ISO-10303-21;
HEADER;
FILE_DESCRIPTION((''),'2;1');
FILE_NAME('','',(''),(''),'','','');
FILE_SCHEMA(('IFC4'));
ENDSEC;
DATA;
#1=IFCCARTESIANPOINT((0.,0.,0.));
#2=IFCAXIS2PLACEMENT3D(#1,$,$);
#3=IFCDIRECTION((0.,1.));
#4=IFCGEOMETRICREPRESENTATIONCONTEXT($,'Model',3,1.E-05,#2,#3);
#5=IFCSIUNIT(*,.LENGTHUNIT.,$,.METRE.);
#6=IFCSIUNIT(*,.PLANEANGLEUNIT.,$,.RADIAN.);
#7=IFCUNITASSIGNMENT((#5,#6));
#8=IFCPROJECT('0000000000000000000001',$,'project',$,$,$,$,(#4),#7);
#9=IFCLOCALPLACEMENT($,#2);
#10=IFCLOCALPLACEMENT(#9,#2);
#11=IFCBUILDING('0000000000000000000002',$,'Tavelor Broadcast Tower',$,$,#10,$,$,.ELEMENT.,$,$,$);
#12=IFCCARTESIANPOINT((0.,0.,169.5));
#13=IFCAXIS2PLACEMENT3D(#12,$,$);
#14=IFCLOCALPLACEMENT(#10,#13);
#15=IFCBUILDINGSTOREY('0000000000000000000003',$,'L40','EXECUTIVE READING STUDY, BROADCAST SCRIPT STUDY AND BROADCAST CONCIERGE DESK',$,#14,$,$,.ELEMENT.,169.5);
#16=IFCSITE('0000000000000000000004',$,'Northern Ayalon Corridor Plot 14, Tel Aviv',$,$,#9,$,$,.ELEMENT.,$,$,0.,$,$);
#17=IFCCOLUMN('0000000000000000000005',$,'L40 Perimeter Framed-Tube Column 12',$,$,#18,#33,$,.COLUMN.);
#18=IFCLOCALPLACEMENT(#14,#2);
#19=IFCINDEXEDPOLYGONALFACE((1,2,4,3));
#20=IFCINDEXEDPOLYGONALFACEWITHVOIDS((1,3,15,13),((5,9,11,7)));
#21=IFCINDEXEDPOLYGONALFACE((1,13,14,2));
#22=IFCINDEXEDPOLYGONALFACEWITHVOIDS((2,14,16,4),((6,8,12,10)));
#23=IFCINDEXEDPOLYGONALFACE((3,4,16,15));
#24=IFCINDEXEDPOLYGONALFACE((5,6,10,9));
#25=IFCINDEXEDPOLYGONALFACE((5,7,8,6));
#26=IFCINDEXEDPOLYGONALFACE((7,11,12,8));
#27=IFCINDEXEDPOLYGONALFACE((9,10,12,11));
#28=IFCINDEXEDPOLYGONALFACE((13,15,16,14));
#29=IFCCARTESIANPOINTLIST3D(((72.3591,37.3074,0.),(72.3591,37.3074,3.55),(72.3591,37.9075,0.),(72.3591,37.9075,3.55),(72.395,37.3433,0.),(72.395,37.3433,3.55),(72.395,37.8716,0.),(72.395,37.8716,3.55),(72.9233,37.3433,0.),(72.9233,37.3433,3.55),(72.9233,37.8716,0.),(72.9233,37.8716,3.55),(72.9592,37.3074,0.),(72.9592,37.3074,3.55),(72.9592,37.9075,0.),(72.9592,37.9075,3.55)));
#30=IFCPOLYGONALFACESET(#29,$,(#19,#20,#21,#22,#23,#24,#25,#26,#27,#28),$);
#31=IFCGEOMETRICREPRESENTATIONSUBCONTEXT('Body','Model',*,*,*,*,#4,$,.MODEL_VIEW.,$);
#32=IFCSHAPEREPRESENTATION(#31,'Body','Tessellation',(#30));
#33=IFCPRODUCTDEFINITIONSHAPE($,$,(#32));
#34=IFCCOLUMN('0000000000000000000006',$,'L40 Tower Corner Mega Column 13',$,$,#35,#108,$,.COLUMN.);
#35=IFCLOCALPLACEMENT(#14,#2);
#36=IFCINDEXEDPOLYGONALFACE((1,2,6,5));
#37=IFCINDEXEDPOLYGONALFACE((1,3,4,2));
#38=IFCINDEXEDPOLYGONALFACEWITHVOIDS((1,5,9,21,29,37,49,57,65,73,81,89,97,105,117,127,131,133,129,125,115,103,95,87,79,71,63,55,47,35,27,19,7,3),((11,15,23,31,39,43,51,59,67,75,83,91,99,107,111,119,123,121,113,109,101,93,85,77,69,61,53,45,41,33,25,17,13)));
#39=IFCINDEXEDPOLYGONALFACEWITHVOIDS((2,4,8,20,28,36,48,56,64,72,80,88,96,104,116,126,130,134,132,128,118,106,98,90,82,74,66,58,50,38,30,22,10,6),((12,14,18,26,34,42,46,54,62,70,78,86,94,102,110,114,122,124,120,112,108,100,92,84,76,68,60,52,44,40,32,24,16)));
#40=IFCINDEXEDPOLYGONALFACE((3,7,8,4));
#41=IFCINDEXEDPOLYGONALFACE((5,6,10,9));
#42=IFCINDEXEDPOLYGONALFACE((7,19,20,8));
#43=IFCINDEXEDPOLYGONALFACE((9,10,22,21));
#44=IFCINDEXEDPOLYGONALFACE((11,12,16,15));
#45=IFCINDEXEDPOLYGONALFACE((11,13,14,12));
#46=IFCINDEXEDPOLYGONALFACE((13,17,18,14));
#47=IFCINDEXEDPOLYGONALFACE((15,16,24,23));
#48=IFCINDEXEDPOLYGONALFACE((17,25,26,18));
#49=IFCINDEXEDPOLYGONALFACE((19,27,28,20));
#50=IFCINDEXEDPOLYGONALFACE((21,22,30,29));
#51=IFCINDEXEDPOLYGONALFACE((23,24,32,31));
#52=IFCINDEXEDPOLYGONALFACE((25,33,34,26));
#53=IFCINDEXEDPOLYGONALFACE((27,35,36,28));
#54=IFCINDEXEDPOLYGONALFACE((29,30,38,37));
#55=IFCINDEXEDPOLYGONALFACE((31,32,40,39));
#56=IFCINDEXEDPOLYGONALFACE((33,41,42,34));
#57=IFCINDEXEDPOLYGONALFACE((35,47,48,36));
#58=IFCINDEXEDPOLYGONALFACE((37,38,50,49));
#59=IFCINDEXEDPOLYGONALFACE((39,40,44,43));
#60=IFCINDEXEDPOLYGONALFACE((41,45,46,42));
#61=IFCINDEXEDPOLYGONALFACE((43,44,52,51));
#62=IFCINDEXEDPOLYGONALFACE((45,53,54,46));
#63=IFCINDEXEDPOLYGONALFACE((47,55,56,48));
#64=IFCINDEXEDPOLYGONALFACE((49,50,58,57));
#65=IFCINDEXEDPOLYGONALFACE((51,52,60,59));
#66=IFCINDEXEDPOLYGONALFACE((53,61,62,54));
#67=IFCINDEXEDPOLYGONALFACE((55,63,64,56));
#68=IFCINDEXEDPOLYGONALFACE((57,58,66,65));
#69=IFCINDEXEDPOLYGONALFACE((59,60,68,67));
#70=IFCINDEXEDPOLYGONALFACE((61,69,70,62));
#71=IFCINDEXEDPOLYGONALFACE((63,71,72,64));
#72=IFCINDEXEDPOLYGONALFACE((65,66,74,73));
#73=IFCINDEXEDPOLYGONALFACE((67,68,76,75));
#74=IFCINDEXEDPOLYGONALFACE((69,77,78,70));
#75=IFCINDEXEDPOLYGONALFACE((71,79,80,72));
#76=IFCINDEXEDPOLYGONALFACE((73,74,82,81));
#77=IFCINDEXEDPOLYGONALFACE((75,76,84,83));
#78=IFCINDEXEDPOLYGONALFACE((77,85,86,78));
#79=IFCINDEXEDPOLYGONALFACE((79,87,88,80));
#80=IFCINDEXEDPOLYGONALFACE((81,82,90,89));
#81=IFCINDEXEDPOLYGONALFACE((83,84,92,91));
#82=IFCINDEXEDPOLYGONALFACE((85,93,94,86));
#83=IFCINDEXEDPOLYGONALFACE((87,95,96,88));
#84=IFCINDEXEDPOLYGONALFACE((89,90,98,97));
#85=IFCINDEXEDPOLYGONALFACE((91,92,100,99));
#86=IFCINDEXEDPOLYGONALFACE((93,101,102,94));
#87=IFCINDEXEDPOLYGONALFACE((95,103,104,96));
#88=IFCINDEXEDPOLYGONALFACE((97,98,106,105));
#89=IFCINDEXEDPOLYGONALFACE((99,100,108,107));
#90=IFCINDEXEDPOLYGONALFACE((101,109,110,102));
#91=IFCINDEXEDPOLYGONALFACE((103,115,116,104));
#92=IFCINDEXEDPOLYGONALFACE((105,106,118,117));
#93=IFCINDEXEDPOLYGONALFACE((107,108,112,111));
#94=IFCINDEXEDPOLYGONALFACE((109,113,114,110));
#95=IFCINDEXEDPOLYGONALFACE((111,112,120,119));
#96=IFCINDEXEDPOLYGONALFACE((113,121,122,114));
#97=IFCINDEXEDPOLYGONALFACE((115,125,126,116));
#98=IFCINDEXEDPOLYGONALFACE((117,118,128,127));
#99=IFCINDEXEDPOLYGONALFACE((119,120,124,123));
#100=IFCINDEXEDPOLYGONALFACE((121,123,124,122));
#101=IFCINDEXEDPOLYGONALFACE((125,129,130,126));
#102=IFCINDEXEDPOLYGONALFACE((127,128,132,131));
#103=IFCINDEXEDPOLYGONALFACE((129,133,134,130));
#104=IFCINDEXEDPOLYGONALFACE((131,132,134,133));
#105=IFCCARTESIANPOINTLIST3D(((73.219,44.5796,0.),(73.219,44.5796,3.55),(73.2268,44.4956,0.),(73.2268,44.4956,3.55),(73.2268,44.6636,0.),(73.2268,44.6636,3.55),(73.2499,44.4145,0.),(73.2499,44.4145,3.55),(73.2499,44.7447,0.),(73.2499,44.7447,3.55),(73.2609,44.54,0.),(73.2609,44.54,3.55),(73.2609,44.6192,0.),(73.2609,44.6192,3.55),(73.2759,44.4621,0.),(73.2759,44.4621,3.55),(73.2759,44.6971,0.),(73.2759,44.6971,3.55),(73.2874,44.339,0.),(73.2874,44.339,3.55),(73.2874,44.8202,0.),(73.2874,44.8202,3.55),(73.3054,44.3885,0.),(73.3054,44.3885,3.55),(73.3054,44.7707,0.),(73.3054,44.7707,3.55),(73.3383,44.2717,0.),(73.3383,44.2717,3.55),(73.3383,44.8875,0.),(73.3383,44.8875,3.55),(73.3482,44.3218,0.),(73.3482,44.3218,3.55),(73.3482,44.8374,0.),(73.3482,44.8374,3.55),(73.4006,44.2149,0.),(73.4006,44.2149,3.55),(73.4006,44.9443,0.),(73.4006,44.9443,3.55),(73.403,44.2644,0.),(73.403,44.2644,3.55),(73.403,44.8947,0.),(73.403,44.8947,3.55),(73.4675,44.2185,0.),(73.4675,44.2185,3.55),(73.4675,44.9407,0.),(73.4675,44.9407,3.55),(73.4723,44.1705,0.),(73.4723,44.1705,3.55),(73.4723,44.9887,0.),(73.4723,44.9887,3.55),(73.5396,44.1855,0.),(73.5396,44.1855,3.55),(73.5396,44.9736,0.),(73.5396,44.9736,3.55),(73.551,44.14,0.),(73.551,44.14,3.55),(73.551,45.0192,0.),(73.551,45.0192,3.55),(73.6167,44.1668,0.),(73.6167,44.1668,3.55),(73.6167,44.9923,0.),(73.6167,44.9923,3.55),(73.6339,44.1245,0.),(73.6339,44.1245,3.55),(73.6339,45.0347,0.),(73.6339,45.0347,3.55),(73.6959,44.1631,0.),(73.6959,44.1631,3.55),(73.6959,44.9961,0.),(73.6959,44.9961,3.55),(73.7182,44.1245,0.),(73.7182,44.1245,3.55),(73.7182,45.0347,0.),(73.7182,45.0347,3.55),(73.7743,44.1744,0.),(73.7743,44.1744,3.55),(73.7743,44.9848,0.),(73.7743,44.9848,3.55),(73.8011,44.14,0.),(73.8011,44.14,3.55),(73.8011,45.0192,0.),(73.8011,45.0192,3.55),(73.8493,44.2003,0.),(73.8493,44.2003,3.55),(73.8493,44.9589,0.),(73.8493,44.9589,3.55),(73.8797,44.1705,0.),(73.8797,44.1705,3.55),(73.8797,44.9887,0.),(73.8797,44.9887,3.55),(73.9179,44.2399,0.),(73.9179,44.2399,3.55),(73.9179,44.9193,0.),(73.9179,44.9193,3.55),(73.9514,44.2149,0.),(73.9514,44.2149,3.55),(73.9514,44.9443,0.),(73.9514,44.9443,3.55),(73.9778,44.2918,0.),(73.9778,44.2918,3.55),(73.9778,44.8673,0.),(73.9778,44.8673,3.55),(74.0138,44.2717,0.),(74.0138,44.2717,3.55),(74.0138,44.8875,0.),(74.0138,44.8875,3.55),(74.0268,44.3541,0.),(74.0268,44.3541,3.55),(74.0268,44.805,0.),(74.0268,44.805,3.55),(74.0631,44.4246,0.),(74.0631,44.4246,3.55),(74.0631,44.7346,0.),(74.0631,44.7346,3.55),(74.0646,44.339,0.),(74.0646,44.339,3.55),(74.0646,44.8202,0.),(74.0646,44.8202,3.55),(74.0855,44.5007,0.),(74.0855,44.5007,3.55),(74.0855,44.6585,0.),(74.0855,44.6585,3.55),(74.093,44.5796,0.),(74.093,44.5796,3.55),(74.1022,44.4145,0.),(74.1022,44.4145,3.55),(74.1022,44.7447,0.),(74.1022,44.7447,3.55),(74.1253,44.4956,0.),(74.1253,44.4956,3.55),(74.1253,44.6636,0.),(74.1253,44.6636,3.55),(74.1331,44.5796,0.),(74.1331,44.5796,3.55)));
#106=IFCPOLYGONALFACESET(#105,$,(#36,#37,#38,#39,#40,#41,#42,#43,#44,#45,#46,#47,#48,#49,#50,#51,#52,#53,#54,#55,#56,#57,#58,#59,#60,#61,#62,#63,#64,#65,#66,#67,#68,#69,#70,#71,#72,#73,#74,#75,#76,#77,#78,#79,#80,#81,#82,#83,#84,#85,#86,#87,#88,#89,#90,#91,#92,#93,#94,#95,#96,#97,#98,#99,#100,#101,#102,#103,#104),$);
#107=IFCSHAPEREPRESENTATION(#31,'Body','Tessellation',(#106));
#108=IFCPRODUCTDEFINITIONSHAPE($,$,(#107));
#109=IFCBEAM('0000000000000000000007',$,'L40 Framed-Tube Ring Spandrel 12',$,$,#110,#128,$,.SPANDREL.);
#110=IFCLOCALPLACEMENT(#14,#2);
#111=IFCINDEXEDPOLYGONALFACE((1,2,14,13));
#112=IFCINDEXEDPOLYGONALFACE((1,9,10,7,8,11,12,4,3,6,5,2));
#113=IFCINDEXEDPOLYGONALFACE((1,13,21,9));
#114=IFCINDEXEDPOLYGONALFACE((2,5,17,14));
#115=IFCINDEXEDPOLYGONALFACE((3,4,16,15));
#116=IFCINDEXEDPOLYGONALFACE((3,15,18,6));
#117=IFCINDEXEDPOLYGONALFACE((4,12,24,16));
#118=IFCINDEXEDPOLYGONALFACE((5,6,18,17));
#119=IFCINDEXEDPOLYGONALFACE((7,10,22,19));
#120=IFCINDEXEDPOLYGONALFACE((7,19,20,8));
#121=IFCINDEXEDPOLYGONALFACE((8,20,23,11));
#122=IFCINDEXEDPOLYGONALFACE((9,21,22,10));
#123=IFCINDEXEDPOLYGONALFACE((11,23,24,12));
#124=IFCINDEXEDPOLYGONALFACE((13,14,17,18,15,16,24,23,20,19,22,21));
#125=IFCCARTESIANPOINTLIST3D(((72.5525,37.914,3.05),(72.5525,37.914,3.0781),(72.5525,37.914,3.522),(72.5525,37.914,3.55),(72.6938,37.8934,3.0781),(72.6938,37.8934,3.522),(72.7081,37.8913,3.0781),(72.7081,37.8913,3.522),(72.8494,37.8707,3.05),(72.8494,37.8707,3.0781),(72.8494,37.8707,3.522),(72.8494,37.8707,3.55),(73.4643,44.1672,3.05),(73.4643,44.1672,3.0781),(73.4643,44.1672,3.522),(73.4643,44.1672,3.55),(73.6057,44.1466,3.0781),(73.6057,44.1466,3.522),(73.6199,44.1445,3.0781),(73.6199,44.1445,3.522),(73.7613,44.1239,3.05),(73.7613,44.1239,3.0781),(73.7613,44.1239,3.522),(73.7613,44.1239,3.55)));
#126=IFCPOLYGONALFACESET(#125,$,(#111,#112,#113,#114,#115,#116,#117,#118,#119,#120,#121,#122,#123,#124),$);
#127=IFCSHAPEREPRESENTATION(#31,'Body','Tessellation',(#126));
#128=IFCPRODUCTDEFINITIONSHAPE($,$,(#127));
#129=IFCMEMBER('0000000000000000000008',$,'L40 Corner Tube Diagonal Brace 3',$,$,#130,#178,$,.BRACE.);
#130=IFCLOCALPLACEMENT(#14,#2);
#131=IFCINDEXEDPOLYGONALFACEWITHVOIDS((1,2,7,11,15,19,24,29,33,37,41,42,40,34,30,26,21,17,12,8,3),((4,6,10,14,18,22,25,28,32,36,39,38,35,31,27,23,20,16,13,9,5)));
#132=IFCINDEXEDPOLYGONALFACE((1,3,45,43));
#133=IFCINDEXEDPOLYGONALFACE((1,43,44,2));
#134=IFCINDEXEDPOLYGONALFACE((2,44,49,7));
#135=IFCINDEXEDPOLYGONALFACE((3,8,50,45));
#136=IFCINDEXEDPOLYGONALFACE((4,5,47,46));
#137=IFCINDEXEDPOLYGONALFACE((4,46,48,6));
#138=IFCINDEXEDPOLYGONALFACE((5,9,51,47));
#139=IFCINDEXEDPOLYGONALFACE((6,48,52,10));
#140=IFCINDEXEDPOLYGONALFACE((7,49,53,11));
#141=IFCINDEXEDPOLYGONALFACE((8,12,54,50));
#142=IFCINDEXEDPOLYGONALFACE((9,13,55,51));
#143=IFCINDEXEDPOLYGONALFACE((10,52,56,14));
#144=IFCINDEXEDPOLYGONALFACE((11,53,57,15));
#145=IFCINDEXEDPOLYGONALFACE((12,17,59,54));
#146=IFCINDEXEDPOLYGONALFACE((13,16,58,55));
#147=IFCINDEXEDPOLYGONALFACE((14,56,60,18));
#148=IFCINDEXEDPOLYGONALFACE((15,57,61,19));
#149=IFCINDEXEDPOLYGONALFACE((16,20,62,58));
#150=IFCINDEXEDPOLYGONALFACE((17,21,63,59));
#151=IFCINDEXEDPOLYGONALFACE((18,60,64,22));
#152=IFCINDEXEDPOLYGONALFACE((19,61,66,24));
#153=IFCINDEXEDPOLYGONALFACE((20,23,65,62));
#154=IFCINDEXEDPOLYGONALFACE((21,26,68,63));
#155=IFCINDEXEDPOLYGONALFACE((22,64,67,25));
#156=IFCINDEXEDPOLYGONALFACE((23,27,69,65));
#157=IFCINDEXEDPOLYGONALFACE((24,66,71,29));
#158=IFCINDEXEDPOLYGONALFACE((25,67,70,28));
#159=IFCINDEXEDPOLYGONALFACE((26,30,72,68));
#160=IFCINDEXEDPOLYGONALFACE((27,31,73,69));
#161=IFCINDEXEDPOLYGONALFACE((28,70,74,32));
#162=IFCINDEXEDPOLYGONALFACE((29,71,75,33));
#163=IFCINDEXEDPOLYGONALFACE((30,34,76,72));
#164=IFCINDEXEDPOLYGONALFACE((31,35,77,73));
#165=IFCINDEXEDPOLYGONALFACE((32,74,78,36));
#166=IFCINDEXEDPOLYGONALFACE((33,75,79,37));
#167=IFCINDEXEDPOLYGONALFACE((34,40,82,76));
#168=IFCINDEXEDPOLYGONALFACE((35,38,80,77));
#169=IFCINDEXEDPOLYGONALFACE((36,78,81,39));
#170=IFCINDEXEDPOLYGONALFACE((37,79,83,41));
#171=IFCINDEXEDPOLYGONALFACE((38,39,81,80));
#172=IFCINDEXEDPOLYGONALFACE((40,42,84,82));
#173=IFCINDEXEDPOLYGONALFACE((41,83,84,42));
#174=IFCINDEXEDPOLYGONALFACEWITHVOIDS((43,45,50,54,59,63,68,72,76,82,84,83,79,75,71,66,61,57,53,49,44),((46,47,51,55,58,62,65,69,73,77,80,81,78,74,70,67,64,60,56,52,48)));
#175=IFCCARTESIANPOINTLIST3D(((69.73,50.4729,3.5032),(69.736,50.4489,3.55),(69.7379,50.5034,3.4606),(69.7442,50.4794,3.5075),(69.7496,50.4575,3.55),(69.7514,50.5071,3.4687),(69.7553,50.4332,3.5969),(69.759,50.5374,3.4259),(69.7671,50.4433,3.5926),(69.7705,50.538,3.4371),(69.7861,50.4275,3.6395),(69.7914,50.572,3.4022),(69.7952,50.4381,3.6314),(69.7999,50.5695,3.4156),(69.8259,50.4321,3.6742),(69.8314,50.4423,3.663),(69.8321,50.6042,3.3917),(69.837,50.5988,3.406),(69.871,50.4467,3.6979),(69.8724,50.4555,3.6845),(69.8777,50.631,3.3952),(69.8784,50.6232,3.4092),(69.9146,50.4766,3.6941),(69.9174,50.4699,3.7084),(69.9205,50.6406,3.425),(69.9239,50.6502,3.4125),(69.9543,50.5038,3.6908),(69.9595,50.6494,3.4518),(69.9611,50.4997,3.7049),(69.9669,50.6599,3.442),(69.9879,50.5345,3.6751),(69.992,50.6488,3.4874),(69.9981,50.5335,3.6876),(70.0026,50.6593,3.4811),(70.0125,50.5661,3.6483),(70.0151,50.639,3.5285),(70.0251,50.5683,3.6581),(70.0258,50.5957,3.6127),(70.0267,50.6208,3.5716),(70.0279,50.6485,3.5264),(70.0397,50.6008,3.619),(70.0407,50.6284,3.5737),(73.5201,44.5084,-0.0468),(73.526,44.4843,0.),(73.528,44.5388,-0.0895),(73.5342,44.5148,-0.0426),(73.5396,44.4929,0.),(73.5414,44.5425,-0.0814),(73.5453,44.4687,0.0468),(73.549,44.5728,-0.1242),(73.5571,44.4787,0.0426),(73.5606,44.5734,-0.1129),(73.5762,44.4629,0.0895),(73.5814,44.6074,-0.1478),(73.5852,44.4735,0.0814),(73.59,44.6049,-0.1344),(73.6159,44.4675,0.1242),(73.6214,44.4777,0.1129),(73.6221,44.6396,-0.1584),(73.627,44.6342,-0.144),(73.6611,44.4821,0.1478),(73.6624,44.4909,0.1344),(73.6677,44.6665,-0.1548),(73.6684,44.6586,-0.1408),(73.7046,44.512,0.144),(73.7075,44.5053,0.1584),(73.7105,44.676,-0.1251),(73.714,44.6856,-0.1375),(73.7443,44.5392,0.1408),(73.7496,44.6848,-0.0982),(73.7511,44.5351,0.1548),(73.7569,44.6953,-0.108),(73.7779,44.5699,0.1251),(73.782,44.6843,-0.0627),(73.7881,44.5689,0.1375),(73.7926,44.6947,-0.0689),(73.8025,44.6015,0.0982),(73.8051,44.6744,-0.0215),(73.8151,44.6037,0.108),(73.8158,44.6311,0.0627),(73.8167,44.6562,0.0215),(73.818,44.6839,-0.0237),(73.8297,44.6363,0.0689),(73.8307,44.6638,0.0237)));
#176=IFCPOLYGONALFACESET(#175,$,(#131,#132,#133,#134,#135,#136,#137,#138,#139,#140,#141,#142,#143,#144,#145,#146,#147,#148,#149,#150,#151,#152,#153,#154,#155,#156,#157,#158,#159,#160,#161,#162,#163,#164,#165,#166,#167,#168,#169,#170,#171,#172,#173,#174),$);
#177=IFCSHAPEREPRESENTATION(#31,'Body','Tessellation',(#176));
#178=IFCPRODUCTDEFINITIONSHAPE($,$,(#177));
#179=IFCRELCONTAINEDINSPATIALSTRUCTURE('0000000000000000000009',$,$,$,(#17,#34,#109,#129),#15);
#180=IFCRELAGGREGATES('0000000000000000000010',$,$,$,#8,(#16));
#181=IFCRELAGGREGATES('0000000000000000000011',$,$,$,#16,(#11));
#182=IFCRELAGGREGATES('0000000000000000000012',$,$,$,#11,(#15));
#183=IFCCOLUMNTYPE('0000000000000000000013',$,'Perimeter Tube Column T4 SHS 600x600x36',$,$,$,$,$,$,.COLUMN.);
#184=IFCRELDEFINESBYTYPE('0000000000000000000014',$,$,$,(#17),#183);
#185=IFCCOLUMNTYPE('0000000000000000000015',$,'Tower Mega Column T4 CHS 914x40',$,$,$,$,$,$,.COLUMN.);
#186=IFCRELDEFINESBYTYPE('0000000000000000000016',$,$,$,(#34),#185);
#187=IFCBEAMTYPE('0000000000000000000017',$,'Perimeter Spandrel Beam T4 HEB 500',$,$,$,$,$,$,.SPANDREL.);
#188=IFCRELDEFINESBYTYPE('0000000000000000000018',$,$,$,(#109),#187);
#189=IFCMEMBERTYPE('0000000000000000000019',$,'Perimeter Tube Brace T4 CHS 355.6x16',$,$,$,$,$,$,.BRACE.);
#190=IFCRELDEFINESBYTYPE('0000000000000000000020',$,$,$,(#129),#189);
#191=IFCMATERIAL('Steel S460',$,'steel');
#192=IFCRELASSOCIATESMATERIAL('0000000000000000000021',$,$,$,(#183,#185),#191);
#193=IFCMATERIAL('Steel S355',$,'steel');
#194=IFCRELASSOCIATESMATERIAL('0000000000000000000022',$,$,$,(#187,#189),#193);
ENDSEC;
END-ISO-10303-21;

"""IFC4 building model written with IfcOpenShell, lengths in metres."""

from ifc_helpers import new_model, si_unit, direction, frame, origin, origin_2d, place, context, subcontext, project, spatial, hollow_rectangle, hollow_circle, i_section, extrude, material, material_profile, profile_set, type_object, element, save


model = new_model("IFC4")

# Units and contexts
model_context = context("Model", 3, precision=1e-05, world=origin(), true_north=direction((0.0, 1.0)))
body_context = subcontext(model_context, "Body", "Model", "MODEL_VIEW")
ifc_project = project(units=[si_unit("LENGTHUNIT", "METRE"), si_unit("PLANEANGLEUNIT", "RADIAN")], contexts=[model_context])

# Site, building, storey
site_placement = place(None, origin())
site = spatial("IfcSite", under=ifc_project, at=site_placement, Name="Northern Ayalon Corridor Plot 14, Tel Aviv", CompositionType="ELEMENT", RefElevation=0.0)
building_placement = place(site_placement, origin())
building = spatial("IfcBuilding", under=site, at=building_placement, Name="Tavelor Broadcast Tower", CompositionType="ELEMENT")
storey_placement = place(building_placement, frame((0.0, 0.0, 169.5)))
storey = spatial("IfcBuildingStorey", under=building, at=storey_placement, Name="L40", Description="EXECUTIVE READING STUDY, BROADCAST SCRIPT STUDY AND BROADCAST CONCIERGE DESK", CompositionType="ELEMENT", Elevation=169.5)

# Columns
ifc_material_1 = material(Name="Steel S460", Category="steel")
ifc_material_profile_1 = material_profile(ifc_material_1, hollow_rectangle(XDim=0.6001, YDim=0.6001, WallThickness=0.0359, at=origin_2d()), Name="SHS 600x600x36")
ifc_profile_set_1 = profile_set([ifc_material_profile_1], Name="Steel S460")
column_type_1 = type_object("IfcColumnType", Name="Perimeter Tube Column T4 SHS 600x600x36", PredefinedType="COLUMN", material=ifc_profile_set_1)
column_1_placement = place(storey_placement, frame((72.6592, 37.6074, 0.0), z_axis=(0.0, 0.0, 1.0), x_axis=(1.0, 0.0, 0.0)))
element("IfcColumn", 1, at=column_1_placement, inside=storey, type_object=column_type_1, Name="L40 Perimeter Framed-Tube Column 12", PredefinedType="COLUMN", context=body_context, shape_type="SweptSolid", body=[
    extrude(hollow_rectangle(XDim=0.6001, YDim=0.6001, WallThickness=0.0359, at=origin_2d()), origin(), (0.0, 0.0, 1.0), 3.55),
])
ifc_material_profile_2 = material_profile(ifc_material_1, hollow_circle(Radius=0.457, WallThickness=0.04, at=origin_2d()), Name="CHS 914x40")
ifc_profile_set_2 = profile_set([ifc_material_profile_2], Name="Steel S460")
column_type_2 = type_object("IfcColumnType", Name="Tower Mega Column T4 CHS 914x40", PredefinedType="COLUMN", material=ifc_profile_set_2)
column_2_placement = place(storey_placement, frame((73.676, 44.5796, 0.0), z_axis=(0.0, 0.0, 1.0), x_axis=(1.0, 0.0, 0.0)))
element("IfcColumn", 2, at=column_2_placement, inside=storey, type_object=column_type_2, Name="L40 Tower Corner Mega Column 13", PredefinedType="COLUMN", context=body_context, shape_type="SweptSolid", body=[
    extrude(hollow_circle(Radius=0.457, WallThickness=0.04, at=origin_2d()), origin(), (0.0, 0.0, 1.0), 3.55),
])

# Beam
ifc_material_2 = material(Name="Steel S355", Category="steel")
ifc_material_profile_3 = material_profile(ifc_material_2, i_section(OverallWidth=0.3, OverallDepth=0.5, WebThickness=0.0144, FlangeThickness=0.0281, at=origin_2d()), Name="HEB 500")
ifc_profile_set_3 = profile_set([ifc_material_profile_3], Name="Steel S355")
beam_type = type_object("IfcBeamType", Name="Perimeter Spandrel Beam T4 HEB 500", PredefinedType="SPANDREL", material=ifc_profile_set_3)
beam_placement = place(storey_placement, frame((72.7009, 37.8923, 3.3), z_axis=(0.144298, 0.989534, 0.0), x_axis=(-0.989534, 0.144298, 0.0)))
element("IfcBeam", 3, at=beam_placement, inside=storey, type_object=beam_type, Name="L40 Framed-Tube Ring Spandrel 12", PredefinedType="SPANDREL", context=body_context, shape_type="SweptSolid", body=[
    extrude(i_section(OverallWidth=0.3, OverallDepth=0.5, WebThickness=0.0144, FlangeThickness=0.0281, at=origin_2d()), origin(), (0.0, 0.0, 1.0), 6.3193),
])

# Member
ifc_material_profile_4 = material_profile(ifc_material_2, hollow_circle(Radius=0.1777, WallThickness=0.0161, at=origin_2d()), Name="CHS 355.6x16")
ifc_profile_set_4 = profile_set([ifc_material_profile_4], Name="Steel S355")
member_type_1 = type_object("IfcMemberType", Name="Perimeter Tube Brace T4 CHS 355.6x16", PredefinedType="BRACE", material=ifc_profile_set_4)
member_1_placement = place(storey_placement, frame((73.676, 44.5796, 0.0), z_axis=(-0.479239, 0.754205, 0.448893), x_axis=(-0.844021, -0.53631, 0.0)))
element("IfcMember", 4, at=member_1_placement, inside=storey, type_object=member_type_1, Name="L40 Corner Tube Diagonal Brace 3", PredefinedType="BRACE", context=body_context, shape_type="SweptSolid", body=[
    extrude(hollow_circle(Radius=0.1777, WallThickness=0.0161, at=origin_2d()), origin(), (0.0, 0.0, 1.0), 7.9084),
])

save(model, "model.ifc")
